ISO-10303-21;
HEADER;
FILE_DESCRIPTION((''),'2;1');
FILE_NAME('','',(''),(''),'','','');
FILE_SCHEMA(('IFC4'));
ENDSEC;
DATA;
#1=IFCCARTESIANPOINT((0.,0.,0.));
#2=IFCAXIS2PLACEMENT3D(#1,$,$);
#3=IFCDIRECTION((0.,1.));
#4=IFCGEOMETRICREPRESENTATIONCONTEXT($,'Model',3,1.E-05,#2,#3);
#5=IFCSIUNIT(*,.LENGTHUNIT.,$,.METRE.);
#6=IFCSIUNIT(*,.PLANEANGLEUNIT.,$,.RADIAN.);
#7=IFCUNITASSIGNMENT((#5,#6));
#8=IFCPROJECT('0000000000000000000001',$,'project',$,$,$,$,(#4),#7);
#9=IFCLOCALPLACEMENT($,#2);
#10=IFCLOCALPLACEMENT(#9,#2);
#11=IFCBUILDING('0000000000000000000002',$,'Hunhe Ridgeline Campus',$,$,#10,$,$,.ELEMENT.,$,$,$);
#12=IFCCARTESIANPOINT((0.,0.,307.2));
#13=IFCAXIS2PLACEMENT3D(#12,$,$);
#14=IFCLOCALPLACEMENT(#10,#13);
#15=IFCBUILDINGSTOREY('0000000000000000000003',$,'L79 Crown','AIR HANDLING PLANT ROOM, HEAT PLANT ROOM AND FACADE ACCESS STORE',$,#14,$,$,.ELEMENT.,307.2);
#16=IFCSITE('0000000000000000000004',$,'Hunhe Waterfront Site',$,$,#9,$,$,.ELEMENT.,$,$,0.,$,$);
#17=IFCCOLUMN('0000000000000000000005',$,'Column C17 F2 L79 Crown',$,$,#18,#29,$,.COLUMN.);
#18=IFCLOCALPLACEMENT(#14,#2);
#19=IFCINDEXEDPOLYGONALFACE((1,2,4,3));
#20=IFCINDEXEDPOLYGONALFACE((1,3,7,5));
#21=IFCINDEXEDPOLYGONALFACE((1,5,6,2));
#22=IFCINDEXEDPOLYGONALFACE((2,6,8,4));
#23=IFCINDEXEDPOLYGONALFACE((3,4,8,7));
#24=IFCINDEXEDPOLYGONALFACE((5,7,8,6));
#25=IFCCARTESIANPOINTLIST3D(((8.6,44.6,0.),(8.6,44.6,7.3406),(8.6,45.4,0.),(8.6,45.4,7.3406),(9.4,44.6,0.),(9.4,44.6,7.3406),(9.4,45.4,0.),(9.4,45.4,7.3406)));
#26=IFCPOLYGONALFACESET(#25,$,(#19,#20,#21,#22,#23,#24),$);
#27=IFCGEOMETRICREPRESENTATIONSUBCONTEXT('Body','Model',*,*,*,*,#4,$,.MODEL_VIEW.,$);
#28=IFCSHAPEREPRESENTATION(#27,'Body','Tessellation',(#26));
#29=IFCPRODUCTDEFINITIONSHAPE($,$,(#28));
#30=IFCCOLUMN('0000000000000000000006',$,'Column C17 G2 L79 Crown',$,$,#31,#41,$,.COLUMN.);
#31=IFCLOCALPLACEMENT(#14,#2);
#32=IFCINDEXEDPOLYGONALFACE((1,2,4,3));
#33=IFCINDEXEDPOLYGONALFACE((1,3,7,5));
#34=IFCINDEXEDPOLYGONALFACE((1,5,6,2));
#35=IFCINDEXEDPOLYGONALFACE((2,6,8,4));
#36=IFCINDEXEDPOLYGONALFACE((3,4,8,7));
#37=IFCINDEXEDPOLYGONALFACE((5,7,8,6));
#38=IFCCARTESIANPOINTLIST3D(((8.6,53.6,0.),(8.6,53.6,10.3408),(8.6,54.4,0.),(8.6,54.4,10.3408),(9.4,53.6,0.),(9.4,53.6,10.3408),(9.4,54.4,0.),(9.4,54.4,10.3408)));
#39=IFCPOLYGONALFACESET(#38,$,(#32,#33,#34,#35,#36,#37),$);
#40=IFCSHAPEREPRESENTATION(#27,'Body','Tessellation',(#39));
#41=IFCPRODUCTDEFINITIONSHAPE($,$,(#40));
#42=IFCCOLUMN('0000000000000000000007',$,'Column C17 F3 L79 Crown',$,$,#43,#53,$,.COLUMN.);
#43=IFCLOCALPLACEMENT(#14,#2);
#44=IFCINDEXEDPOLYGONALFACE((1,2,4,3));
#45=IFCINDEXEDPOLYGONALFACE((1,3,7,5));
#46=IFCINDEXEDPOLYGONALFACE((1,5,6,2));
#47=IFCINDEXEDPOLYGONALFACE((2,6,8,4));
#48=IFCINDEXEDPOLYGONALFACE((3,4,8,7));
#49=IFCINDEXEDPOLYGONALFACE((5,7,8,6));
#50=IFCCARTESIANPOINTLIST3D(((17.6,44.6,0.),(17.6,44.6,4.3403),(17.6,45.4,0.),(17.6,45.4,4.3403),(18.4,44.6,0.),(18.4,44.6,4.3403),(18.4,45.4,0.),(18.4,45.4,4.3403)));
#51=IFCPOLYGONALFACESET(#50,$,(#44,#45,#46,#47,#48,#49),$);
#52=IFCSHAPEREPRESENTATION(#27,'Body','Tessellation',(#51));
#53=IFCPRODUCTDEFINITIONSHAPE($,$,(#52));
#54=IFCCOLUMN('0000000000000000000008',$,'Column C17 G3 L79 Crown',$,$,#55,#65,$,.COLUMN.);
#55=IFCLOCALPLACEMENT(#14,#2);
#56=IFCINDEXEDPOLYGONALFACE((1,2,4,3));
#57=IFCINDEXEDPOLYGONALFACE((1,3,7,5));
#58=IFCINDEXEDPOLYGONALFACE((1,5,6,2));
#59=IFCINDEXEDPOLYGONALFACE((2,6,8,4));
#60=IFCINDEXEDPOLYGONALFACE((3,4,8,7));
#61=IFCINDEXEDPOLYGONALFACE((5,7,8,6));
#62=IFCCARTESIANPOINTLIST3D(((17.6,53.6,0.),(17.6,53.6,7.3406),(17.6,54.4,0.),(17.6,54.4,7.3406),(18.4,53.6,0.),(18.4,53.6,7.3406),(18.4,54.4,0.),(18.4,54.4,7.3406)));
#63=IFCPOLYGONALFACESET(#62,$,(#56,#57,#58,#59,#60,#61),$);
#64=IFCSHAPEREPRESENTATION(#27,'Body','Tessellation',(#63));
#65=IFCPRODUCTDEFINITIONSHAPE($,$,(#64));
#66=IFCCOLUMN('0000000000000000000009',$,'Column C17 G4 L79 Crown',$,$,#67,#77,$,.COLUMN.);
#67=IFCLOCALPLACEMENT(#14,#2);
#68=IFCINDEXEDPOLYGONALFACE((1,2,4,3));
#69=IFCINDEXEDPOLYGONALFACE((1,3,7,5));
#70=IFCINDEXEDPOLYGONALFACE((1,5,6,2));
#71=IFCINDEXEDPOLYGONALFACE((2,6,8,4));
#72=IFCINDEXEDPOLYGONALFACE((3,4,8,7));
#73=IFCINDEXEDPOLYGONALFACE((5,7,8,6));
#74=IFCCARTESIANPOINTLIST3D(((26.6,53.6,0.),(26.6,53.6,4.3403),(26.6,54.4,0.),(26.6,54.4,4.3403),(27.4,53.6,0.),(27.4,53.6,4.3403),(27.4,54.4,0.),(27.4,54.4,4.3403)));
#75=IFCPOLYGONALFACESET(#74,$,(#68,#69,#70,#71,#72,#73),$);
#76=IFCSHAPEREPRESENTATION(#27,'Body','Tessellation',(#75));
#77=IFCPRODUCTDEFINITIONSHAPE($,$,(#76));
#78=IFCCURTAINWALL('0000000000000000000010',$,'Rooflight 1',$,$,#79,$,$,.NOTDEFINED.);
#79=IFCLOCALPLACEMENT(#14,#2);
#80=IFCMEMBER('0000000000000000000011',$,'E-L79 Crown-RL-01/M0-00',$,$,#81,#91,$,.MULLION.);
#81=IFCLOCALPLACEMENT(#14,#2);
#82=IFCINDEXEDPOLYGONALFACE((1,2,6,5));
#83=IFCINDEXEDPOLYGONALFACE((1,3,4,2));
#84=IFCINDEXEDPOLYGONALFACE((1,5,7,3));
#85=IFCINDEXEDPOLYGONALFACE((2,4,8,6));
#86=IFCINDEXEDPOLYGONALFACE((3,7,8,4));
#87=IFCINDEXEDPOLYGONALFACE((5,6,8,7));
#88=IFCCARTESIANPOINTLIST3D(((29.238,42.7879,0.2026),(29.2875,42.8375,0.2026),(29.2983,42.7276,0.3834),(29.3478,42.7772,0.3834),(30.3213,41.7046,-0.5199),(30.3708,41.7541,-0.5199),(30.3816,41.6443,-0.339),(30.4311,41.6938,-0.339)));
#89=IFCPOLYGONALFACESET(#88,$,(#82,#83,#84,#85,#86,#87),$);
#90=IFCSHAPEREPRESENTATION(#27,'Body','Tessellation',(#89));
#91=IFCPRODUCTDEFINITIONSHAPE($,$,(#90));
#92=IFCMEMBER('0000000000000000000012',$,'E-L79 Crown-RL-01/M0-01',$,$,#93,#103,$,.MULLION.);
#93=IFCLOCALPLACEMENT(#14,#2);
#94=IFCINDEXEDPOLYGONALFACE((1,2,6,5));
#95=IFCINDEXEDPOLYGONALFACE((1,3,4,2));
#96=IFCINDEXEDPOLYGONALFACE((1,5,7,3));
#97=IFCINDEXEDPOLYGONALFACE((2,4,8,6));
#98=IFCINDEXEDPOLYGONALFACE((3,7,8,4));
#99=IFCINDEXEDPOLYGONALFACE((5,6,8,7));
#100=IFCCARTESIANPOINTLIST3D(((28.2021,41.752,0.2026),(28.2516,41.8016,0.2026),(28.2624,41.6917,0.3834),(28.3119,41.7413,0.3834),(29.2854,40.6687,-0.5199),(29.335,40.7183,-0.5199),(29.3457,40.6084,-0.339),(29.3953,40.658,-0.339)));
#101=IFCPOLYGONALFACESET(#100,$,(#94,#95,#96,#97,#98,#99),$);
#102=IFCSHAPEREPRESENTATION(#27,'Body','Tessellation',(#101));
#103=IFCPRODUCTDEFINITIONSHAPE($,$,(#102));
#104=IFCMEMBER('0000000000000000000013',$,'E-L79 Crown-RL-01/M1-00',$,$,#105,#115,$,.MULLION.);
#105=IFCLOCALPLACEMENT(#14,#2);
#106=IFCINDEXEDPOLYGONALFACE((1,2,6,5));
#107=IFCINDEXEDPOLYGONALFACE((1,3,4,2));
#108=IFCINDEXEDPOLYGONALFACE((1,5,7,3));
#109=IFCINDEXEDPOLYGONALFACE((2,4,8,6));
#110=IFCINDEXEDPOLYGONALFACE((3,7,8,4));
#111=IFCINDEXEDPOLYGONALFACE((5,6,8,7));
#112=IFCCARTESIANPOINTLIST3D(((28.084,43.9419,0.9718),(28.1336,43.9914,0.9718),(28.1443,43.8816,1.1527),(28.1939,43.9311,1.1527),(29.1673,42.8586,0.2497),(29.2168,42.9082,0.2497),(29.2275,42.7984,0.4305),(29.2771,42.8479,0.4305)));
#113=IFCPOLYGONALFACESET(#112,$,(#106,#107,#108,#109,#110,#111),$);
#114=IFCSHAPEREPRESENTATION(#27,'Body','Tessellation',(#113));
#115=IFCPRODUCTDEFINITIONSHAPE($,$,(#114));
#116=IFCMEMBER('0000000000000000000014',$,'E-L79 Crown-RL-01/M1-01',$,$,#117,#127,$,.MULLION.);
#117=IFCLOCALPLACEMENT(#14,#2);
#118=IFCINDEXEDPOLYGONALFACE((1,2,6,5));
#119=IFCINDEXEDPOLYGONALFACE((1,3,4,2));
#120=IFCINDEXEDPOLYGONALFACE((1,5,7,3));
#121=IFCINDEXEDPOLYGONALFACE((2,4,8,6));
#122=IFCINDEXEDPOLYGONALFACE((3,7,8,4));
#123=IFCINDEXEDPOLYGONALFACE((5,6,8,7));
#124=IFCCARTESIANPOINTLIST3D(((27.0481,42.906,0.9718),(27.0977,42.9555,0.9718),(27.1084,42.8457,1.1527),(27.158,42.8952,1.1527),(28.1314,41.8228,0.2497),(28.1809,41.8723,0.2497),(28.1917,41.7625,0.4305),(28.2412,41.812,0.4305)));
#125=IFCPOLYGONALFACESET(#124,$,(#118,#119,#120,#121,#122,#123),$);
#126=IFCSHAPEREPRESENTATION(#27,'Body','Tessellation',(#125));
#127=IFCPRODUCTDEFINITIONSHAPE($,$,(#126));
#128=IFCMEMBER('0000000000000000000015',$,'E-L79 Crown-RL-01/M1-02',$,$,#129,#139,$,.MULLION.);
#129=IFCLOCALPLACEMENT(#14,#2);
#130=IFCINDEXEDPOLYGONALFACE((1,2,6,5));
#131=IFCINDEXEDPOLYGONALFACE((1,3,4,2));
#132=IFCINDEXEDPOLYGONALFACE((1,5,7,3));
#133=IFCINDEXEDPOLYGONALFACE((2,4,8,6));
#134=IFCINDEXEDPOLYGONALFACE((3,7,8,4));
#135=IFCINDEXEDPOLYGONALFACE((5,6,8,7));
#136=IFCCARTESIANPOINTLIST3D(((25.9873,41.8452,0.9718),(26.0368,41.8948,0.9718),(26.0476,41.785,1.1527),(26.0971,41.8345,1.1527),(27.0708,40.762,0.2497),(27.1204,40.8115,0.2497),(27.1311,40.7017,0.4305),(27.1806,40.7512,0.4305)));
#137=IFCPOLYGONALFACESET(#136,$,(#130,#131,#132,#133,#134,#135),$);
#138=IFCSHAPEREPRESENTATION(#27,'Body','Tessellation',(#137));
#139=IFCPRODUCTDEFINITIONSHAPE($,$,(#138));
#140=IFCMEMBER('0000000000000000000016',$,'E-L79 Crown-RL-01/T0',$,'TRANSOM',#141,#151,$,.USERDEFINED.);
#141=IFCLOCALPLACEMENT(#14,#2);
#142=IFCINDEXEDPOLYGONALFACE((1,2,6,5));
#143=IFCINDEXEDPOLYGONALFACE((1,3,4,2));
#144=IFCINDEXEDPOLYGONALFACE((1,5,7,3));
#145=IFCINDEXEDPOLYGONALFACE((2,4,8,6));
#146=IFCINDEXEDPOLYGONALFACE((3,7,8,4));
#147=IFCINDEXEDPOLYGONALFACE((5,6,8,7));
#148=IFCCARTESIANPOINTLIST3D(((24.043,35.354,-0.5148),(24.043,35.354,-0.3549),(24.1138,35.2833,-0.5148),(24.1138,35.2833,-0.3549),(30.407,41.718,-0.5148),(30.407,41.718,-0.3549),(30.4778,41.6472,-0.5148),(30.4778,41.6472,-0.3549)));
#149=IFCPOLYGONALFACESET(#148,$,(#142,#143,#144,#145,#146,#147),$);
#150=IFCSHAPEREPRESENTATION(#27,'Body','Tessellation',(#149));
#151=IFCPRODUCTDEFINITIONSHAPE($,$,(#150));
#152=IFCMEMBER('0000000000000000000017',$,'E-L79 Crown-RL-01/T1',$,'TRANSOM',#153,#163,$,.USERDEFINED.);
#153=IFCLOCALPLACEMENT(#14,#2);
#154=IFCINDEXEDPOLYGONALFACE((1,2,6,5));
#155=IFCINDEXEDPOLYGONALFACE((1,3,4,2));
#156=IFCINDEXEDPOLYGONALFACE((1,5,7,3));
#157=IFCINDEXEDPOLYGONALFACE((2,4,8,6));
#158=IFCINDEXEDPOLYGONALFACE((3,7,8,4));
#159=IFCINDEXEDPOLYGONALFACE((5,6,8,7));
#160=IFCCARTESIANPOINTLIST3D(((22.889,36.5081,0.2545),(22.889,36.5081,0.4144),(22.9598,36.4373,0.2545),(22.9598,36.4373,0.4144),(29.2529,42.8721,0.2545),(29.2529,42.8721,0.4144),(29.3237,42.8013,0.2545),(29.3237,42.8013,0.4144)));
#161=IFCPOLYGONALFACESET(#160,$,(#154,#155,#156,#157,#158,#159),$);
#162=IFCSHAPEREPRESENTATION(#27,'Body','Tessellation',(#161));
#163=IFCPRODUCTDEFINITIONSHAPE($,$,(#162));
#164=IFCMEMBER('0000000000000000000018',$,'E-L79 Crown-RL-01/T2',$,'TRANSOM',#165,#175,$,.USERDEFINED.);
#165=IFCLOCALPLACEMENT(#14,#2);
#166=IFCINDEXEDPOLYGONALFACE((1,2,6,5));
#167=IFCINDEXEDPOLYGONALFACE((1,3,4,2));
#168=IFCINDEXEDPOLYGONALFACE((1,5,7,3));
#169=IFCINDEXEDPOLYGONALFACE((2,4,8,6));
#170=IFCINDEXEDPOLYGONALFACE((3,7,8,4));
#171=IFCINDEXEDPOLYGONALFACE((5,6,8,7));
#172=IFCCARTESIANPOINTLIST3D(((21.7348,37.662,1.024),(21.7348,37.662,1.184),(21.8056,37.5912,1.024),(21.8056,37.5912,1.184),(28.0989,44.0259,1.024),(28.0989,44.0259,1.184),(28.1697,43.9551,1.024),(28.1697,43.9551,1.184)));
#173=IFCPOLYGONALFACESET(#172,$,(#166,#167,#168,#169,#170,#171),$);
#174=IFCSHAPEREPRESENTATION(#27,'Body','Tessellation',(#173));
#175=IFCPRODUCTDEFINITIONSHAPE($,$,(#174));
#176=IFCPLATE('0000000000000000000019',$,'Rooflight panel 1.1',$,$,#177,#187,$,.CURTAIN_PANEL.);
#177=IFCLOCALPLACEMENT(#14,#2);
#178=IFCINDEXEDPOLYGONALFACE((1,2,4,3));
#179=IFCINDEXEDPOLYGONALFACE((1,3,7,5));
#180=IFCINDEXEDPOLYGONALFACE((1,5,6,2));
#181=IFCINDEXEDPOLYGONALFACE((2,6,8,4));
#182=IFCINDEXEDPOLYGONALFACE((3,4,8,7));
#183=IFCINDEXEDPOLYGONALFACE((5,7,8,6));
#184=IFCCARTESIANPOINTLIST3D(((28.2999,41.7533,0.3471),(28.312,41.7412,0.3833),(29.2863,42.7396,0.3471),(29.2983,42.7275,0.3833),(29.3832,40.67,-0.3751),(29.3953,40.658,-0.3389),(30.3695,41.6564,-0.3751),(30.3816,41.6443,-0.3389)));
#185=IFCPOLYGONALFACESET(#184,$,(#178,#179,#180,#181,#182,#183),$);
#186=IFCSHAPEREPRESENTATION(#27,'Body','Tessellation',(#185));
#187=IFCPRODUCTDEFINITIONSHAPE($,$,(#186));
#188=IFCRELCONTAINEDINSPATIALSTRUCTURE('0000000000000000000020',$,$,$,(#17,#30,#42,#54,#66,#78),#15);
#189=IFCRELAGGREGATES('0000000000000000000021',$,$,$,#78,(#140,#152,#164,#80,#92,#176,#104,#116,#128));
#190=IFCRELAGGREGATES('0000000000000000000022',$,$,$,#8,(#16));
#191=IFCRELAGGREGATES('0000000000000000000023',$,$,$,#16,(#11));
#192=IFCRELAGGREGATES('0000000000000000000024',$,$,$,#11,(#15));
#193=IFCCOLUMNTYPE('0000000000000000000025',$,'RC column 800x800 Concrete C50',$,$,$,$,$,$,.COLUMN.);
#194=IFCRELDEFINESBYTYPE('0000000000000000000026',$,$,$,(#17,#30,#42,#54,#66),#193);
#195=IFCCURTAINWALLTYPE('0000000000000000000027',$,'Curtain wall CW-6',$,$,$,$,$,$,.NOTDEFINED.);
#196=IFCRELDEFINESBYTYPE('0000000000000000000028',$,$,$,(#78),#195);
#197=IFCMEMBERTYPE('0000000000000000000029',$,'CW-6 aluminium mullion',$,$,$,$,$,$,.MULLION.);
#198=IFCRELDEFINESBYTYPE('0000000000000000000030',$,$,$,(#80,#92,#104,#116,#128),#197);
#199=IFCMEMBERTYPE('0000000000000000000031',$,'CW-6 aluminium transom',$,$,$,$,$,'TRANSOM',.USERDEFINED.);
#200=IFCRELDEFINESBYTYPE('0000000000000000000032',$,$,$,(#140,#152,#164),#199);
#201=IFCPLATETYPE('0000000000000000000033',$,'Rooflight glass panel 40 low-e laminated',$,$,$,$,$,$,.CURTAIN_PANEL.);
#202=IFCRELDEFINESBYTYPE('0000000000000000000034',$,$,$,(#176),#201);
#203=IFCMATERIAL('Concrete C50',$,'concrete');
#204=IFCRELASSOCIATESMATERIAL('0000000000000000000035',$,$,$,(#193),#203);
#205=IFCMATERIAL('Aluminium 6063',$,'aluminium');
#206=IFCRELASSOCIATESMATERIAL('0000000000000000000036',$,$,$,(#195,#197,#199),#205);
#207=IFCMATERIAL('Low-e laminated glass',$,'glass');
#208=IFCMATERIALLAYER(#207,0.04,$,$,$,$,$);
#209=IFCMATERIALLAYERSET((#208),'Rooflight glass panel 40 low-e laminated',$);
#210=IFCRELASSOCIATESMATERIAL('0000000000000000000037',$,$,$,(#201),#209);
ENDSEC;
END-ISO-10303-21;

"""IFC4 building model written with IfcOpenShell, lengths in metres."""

from ifc_helpers import new_model, si_unit, direction, frame, origin, origin_2d, place, context, subcontext, project, spatial, polyline, rectangle, outline, extrude, material, layer, layer_set, material_profile, profile_set, type_object, element, aggregate, save


model = new_model("IFC4")

# Units and contexts
model_context = context("Model", 3, precision=1e-05, world=origin(), true_north=direction((0.0, 1.0)))
body_context = subcontext(model_context, "Body", "Model", "MODEL_VIEW")
ifc_project = project(units=[si_unit("LENGTHUNIT", "METRE"), si_unit("PLANEANGLEUNIT", "RADIAN")], contexts=[model_context])

# Site, building, storey
site_placement = place(None, origin())
site = spatial("IfcSite", under=ifc_project, at=site_placement, Name="Hunhe Waterfront Site", CompositionType="ELEMENT", RefElevation=0.0)
building_placement = place(site_placement, origin())
building = spatial("IfcBuilding", under=site, at=building_placement, Name="Hunhe Ridgeline Campus", CompositionType="ELEMENT")
storey_placement = place(building_placement, frame((0.0, 0.0, 307.2)))
storey = spatial("IfcBuildingStorey", under=building, at=storey_placement, Name="L79 Crown", Description="AIR HANDLING PLANT ROOM, HEAT PLANT ROOM AND FACADE ACCESS STORE", CompositionType="ELEMENT", Elevation=307.2)

# Columns
ifc_material_1 = material(Name="Concrete C50", Category="concrete")
ifc_material_profile_1 = material_profile(ifc_material_1, rectangle(XDim=0.8, YDim=0.8, at=origin_2d()))
ifc_profile_set_1 = profile_set([ifc_material_profile_1], Name="Concrete C50")
column_type = type_object("IfcColumnType", Name="RC column 800x800 Concrete C50", PredefinedType="COLUMN", material=ifc_profile_set_1)
column_1_placement = place(storey_placement, frame((9.0, 45.0, 0.0), z_axis=(0.0, 0.0, 1.0), x_axis=(1.0, 0.0, 0.0)))
element("IfcColumn", 1, at=column_1_placement, inside=storey, type_object=column_type, Name="Column C17 F2 L79 Crown", PredefinedType="COLUMN", context=body_context, shape_type="SweptSolid", body=[
    extrude(rectangle(XDim=0.8, YDim=0.8, at=origin_2d()), origin(), (0.0, 0.0, 1.0), 7.3406),
])
column_2_placement = place(storey_placement, frame((9.0, 54.0, 0.0), z_axis=(0.0, 0.0, 1.0), x_axis=(1.0, 0.0, 0.0)))
element("IfcColumn", 2, at=column_2_placement, inside=storey, type_object=column_type, Name="Column C17 G2 L79 Crown", PredefinedType="COLUMN", context=body_context, shape_type="SweptSolid", body=[
    extrude(rectangle(XDim=0.8, YDim=0.8, at=origin_2d()), origin(), (0.0, 0.0, 1.0), 10.3408),
])
column_3_placement = place(storey_placement, frame((18.0, 45.0, 0.0), z_axis=(0.0, 0.0, 1.0), x_axis=(1.0, 0.0, 0.0)))
element("IfcColumn", 3, at=column_3_placement, inside=storey, type_object=column_type, Name="Column C17 F3 L79 Crown", PredefinedType="COLUMN", context=body_context, shape_type="SweptSolid", body=[
    extrude(rectangle(XDim=0.8, YDim=0.8, at=origin_2d()), origin(), (0.0, 0.0, 1.0), 4.3403),
])
column_4_placement = place(storey_placement, frame((18.0, 54.0, 0.0), z_axis=(0.0, 0.0, 1.0), x_axis=(1.0, 0.0, 0.0)))
element("IfcColumn", 4, at=column_4_placement, inside=storey, type_object=column_type, Name="Column C17 G3 L79 Crown", PredefinedType="COLUMN", context=body_context, shape_type="SweptSolid", body=[
    extrude(rectangle(XDim=0.8, YDim=0.8, at=origin_2d()), origin(), (0.0, 0.0, 1.0), 7.3406),
])
column_5_placement = place(storey_placement, frame((27.0, 54.0, 0.0), z_axis=(0.0, 0.0, 1.0), x_axis=(1.0, 0.0, 0.0)))
element("IfcColumn", 5, at=column_5_placement, inside=storey, type_object=column_type, Name="Column C17 G4 L79 Crown", PredefinedType="COLUMN", context=body_context, shape_type="SweptSolid", body=[
    extrude(rectangle(XDim=0.8, YDim=0.8, at=origin_2d()), origin(), (0.0, 0.0, 1.0), 4.3403),
])

# Curtain wall, members, plate
ifc_material_2 = material(Name="Aluminium 6063", Category="aluminium")
curtain_wall_type = type_object("IfcCurtainWallType", Name="Curtain wall CW-6", PredefinedType="NOTDEFINED", material=ifc_material_2)
curtain_wall_placement = place(storey_placement, origin())
curtain_wall = element("IfcCurtainWall", 6, at=curtain_wall_placement, inside=storey, type_object=curtain_wall_type, Name="Rooflight 1", PredefinedType="NOTDEFINED")
ifc_material_profile_2 = material_profile(ifc_material_2, rectangle(XDim=0.0701, YDim=0.2, at=origin_2d()))
ifc_profile_set_2 = profile_set([ifc_material_profile_2], Name="Aluminium 6063")
member_type_1 = type_object("IfcMemberType", Name="CW-6 aluminium mullion", PredefinedType="MULLION", material=ifc_profile_set_2)
member_1_placement = place(storey_placement, frame((30.3762, 41.6992, -0.4294), z_axis=(-0.639563, 0.639563, 0.426519), x_axis=(-0.707107, -0.707107, 0.0)))
member_1 = element("IfcMember", 7, at=member_1_placement, type_object=member_type_1, Name="E-L79 Crown-RL-01/M0-00", PredefinedType="MULLION", context=body_context, shape_type="SweptSolid", body=[
    extrude(rectangle(XDim=0.0701, YDim=0.2, at=origin_2d()), origin(), (0.0, 0.0, 1.0), 1.6938),
])
member_2_placement = place(storey_placement, frame((29.3403, 40.6633, -0.4294), z_axis=(-0.639563, 0.639563, 0.426519), x_axis=(-0.707107, -0.707107, 0.0)))
member_2 = element("IfcMember", 8, at=member_2_placement, type_object=member_type_1, Name="E-L79 Crown-RL-01/M0-01", PredefinedType="MULLION", context=body_context, shape_type="SweptSolid", body=[
    extrude(rectangle(XDim=0.0701, YDim=0.2, at=origin_2d()), origin(), (0.0, 0.0, 1.0), 1.6938),
])
member_3_placement = place(storey_placement, frame((29.2222, 42.8533, 0.3401), z_axis=(-0.639602, 0.639602, 0.426401), x_axis=(-0.707107, -0.707107, 0.0)))
member_3 = element("IfcMember", 9, at=member_3_placement, type_object=member_type_1, Name="E-L79 Crown-RL-01/M1-00", PredefinedType="MULLION", context=body_context, shape_type="SweptSolid", body=[
    extrude(rectangle(XDim=0.0701, YDim=0.2, at=origin_2d()), origin(), (0.0, 0.0, 1.0), 1.6936),
])
member_4_placement = place(storey_placement, frame((28.1863, 41.8174, 0.3401), z_axis=(-0.639602, 0.639602, 0.426401), x_axis=(-0.707107, -0.707107, 0.0)))
member_4 = element("IfcMember", 10, at=member_4_placement, type_object=member_type_1, Name="E-L79 Crown-RL-01/M1-01", PredefinedType="MULLION", context=body_context, shape_type="SweptSolid", body=[
    extrude(rectangle(XDim=0.0701, YDim=0.2, at=origin_2d()), origin(), (0.0, 0.0, 1.0), 1.6936),
])
member_5_placement = place(storey_placement, frame((27.1257, 40.7566, 0.3401), z_axis=(-0.639687, 0.639543, 0.426362), x_axis=(-0.707027, -0.707186, 0.0)))
member_5 = element("IfcMember", 11, at=member_5_placement, type_object=member_type_1, Name="E-L79 Crown-RL-01/M1-02", PredefinedType="MULLION", context=body_context, shape_type="SweptSolid", body=[
    extrude(rectangle(XDim=0.0701, YDim=0.2, at=origin_2d()), origin(), (0.0, 0.0, 1.0), 1.6938),
])
ifc_material_profile_3 = material_profile(ifc_material_2, rectangle(XDim=0.1001, YDim=0.1599, at=origin_2d()))
ifc_profile_set_3 = profile_set([ifc_material_profile_3], Name="Aluminium 6063")
member_type_2 = type_object("IfcMemberType", Name="CW-6 aluminium transom", ElementType="TRANSOM", PredefinedType="USERDEFINED", material=ifc_profile_set_3)
member_6_placement = place(storey_placement, frame((30.4424, 41.6826, -0.4348), z_axis=(-0.707107, -0.707107, 0.0), x_axis=(0.707107, -0.707107, 0.0)))
member_6 = element("IfcMember", 12, at=member_6_placement, type_object=member_type_2, Name="E-L79 Crown-RL-01/T0", ObjectType="TRANSOM", PredefinedType="USERDEFINED", context=body_context, shape_type="SweptSolid", body=[
    extrude(rectangle(XDim=0.1001, YDim=0.1599, at=origin_2d()), origin(), (0.0, 0.0, 1.0), 9.0),
])
member_7_placement = place(storey_placement, frame((29.2883, 42.8367, 0.3345), z_axis=(-0.707107, -0.707107, 0.0), x_axis=(0.707107, -0.707107, 0.0)))
member_7 = element("IfcMember", 13, at=member_7_placement, type_object=member_type_2, Name="E-L79 Crown-RL-01/T1", ObjectType="TRANSOM", PredefinedType="USERDEFINED", context=body_context, shape_type="SweptSolid", body=[
    extrude(rectangle(XDim=0.1001, YDim=0.1599, at=origin_2d()), origin(), (0.0, 0.0, 1.0), 9.0),
])
member_8_placement = place(storey_placement, frame((28.1343, 43.9905, 1.104), z_axis=(-0.70712, -0.707093, 0.0), x_axis=(0.707093, -0.70712, 0.0)))
member_8 = element("IfcMember", 14, at=member_8_placement, type_object=member_type_2, Name="E-L79 Crown-RL-01/T2", ObjectType="TRANSOM", PredefinedType="USERDEFINED", context=body_context, shape_type="SweptSolid", body=[
    extrude(rectangle(XDim=0.1001, YDim=0.1599, at=origin_2d()), origin(), (0.0, 0.0, 1.0), 9.0),
])
ifc_material_3 = material(Name="Low-e laminated glass", Category="glass")
ifc_layer_1 = layer(ifc_material_3, 0.04)
ifc_layer_set_1 = layer_set([ifc_layer_1], Name="Rooflight glass panel 40 low-e laminated")
plate_type = type_object("IfcPlateType", Name="Rooflight glass panel 40 low-e laminated", PredefinedType="CURTAIN_PANEL", material=ifc_layer_set_1)
plate_1_placement = place(storey_placement, frame((30.3816, 41.6443, -0.3389), z_axis=(0.301511, -0.301511, 0.904534), x_axis=(-0.639602, 0.639602, 0.426401)))
plate_1 = element("IfcPlate", 15, at=plate_1_placement, type_object=plate_type, Name="Rooflight panel 1.1", PredefinedType="CURTAIN_PANEL", context=body_context, shape_type="SweptSolid", body=[
    extrude(outline(polyline([(0.0, 0.0), (1.6936, 0.0), (1.6936, 1.3949), (0.0, 1.3949), (0.0, 0.0)])), origin(), (0.0, 0.0, -1.0), 0.04),
])
aggregate(curtain_wall, [member_6, member_7, member_8, member_1, member_2, plate_1, member_3, member_4, member_5])

save(model, "model.ifc")
